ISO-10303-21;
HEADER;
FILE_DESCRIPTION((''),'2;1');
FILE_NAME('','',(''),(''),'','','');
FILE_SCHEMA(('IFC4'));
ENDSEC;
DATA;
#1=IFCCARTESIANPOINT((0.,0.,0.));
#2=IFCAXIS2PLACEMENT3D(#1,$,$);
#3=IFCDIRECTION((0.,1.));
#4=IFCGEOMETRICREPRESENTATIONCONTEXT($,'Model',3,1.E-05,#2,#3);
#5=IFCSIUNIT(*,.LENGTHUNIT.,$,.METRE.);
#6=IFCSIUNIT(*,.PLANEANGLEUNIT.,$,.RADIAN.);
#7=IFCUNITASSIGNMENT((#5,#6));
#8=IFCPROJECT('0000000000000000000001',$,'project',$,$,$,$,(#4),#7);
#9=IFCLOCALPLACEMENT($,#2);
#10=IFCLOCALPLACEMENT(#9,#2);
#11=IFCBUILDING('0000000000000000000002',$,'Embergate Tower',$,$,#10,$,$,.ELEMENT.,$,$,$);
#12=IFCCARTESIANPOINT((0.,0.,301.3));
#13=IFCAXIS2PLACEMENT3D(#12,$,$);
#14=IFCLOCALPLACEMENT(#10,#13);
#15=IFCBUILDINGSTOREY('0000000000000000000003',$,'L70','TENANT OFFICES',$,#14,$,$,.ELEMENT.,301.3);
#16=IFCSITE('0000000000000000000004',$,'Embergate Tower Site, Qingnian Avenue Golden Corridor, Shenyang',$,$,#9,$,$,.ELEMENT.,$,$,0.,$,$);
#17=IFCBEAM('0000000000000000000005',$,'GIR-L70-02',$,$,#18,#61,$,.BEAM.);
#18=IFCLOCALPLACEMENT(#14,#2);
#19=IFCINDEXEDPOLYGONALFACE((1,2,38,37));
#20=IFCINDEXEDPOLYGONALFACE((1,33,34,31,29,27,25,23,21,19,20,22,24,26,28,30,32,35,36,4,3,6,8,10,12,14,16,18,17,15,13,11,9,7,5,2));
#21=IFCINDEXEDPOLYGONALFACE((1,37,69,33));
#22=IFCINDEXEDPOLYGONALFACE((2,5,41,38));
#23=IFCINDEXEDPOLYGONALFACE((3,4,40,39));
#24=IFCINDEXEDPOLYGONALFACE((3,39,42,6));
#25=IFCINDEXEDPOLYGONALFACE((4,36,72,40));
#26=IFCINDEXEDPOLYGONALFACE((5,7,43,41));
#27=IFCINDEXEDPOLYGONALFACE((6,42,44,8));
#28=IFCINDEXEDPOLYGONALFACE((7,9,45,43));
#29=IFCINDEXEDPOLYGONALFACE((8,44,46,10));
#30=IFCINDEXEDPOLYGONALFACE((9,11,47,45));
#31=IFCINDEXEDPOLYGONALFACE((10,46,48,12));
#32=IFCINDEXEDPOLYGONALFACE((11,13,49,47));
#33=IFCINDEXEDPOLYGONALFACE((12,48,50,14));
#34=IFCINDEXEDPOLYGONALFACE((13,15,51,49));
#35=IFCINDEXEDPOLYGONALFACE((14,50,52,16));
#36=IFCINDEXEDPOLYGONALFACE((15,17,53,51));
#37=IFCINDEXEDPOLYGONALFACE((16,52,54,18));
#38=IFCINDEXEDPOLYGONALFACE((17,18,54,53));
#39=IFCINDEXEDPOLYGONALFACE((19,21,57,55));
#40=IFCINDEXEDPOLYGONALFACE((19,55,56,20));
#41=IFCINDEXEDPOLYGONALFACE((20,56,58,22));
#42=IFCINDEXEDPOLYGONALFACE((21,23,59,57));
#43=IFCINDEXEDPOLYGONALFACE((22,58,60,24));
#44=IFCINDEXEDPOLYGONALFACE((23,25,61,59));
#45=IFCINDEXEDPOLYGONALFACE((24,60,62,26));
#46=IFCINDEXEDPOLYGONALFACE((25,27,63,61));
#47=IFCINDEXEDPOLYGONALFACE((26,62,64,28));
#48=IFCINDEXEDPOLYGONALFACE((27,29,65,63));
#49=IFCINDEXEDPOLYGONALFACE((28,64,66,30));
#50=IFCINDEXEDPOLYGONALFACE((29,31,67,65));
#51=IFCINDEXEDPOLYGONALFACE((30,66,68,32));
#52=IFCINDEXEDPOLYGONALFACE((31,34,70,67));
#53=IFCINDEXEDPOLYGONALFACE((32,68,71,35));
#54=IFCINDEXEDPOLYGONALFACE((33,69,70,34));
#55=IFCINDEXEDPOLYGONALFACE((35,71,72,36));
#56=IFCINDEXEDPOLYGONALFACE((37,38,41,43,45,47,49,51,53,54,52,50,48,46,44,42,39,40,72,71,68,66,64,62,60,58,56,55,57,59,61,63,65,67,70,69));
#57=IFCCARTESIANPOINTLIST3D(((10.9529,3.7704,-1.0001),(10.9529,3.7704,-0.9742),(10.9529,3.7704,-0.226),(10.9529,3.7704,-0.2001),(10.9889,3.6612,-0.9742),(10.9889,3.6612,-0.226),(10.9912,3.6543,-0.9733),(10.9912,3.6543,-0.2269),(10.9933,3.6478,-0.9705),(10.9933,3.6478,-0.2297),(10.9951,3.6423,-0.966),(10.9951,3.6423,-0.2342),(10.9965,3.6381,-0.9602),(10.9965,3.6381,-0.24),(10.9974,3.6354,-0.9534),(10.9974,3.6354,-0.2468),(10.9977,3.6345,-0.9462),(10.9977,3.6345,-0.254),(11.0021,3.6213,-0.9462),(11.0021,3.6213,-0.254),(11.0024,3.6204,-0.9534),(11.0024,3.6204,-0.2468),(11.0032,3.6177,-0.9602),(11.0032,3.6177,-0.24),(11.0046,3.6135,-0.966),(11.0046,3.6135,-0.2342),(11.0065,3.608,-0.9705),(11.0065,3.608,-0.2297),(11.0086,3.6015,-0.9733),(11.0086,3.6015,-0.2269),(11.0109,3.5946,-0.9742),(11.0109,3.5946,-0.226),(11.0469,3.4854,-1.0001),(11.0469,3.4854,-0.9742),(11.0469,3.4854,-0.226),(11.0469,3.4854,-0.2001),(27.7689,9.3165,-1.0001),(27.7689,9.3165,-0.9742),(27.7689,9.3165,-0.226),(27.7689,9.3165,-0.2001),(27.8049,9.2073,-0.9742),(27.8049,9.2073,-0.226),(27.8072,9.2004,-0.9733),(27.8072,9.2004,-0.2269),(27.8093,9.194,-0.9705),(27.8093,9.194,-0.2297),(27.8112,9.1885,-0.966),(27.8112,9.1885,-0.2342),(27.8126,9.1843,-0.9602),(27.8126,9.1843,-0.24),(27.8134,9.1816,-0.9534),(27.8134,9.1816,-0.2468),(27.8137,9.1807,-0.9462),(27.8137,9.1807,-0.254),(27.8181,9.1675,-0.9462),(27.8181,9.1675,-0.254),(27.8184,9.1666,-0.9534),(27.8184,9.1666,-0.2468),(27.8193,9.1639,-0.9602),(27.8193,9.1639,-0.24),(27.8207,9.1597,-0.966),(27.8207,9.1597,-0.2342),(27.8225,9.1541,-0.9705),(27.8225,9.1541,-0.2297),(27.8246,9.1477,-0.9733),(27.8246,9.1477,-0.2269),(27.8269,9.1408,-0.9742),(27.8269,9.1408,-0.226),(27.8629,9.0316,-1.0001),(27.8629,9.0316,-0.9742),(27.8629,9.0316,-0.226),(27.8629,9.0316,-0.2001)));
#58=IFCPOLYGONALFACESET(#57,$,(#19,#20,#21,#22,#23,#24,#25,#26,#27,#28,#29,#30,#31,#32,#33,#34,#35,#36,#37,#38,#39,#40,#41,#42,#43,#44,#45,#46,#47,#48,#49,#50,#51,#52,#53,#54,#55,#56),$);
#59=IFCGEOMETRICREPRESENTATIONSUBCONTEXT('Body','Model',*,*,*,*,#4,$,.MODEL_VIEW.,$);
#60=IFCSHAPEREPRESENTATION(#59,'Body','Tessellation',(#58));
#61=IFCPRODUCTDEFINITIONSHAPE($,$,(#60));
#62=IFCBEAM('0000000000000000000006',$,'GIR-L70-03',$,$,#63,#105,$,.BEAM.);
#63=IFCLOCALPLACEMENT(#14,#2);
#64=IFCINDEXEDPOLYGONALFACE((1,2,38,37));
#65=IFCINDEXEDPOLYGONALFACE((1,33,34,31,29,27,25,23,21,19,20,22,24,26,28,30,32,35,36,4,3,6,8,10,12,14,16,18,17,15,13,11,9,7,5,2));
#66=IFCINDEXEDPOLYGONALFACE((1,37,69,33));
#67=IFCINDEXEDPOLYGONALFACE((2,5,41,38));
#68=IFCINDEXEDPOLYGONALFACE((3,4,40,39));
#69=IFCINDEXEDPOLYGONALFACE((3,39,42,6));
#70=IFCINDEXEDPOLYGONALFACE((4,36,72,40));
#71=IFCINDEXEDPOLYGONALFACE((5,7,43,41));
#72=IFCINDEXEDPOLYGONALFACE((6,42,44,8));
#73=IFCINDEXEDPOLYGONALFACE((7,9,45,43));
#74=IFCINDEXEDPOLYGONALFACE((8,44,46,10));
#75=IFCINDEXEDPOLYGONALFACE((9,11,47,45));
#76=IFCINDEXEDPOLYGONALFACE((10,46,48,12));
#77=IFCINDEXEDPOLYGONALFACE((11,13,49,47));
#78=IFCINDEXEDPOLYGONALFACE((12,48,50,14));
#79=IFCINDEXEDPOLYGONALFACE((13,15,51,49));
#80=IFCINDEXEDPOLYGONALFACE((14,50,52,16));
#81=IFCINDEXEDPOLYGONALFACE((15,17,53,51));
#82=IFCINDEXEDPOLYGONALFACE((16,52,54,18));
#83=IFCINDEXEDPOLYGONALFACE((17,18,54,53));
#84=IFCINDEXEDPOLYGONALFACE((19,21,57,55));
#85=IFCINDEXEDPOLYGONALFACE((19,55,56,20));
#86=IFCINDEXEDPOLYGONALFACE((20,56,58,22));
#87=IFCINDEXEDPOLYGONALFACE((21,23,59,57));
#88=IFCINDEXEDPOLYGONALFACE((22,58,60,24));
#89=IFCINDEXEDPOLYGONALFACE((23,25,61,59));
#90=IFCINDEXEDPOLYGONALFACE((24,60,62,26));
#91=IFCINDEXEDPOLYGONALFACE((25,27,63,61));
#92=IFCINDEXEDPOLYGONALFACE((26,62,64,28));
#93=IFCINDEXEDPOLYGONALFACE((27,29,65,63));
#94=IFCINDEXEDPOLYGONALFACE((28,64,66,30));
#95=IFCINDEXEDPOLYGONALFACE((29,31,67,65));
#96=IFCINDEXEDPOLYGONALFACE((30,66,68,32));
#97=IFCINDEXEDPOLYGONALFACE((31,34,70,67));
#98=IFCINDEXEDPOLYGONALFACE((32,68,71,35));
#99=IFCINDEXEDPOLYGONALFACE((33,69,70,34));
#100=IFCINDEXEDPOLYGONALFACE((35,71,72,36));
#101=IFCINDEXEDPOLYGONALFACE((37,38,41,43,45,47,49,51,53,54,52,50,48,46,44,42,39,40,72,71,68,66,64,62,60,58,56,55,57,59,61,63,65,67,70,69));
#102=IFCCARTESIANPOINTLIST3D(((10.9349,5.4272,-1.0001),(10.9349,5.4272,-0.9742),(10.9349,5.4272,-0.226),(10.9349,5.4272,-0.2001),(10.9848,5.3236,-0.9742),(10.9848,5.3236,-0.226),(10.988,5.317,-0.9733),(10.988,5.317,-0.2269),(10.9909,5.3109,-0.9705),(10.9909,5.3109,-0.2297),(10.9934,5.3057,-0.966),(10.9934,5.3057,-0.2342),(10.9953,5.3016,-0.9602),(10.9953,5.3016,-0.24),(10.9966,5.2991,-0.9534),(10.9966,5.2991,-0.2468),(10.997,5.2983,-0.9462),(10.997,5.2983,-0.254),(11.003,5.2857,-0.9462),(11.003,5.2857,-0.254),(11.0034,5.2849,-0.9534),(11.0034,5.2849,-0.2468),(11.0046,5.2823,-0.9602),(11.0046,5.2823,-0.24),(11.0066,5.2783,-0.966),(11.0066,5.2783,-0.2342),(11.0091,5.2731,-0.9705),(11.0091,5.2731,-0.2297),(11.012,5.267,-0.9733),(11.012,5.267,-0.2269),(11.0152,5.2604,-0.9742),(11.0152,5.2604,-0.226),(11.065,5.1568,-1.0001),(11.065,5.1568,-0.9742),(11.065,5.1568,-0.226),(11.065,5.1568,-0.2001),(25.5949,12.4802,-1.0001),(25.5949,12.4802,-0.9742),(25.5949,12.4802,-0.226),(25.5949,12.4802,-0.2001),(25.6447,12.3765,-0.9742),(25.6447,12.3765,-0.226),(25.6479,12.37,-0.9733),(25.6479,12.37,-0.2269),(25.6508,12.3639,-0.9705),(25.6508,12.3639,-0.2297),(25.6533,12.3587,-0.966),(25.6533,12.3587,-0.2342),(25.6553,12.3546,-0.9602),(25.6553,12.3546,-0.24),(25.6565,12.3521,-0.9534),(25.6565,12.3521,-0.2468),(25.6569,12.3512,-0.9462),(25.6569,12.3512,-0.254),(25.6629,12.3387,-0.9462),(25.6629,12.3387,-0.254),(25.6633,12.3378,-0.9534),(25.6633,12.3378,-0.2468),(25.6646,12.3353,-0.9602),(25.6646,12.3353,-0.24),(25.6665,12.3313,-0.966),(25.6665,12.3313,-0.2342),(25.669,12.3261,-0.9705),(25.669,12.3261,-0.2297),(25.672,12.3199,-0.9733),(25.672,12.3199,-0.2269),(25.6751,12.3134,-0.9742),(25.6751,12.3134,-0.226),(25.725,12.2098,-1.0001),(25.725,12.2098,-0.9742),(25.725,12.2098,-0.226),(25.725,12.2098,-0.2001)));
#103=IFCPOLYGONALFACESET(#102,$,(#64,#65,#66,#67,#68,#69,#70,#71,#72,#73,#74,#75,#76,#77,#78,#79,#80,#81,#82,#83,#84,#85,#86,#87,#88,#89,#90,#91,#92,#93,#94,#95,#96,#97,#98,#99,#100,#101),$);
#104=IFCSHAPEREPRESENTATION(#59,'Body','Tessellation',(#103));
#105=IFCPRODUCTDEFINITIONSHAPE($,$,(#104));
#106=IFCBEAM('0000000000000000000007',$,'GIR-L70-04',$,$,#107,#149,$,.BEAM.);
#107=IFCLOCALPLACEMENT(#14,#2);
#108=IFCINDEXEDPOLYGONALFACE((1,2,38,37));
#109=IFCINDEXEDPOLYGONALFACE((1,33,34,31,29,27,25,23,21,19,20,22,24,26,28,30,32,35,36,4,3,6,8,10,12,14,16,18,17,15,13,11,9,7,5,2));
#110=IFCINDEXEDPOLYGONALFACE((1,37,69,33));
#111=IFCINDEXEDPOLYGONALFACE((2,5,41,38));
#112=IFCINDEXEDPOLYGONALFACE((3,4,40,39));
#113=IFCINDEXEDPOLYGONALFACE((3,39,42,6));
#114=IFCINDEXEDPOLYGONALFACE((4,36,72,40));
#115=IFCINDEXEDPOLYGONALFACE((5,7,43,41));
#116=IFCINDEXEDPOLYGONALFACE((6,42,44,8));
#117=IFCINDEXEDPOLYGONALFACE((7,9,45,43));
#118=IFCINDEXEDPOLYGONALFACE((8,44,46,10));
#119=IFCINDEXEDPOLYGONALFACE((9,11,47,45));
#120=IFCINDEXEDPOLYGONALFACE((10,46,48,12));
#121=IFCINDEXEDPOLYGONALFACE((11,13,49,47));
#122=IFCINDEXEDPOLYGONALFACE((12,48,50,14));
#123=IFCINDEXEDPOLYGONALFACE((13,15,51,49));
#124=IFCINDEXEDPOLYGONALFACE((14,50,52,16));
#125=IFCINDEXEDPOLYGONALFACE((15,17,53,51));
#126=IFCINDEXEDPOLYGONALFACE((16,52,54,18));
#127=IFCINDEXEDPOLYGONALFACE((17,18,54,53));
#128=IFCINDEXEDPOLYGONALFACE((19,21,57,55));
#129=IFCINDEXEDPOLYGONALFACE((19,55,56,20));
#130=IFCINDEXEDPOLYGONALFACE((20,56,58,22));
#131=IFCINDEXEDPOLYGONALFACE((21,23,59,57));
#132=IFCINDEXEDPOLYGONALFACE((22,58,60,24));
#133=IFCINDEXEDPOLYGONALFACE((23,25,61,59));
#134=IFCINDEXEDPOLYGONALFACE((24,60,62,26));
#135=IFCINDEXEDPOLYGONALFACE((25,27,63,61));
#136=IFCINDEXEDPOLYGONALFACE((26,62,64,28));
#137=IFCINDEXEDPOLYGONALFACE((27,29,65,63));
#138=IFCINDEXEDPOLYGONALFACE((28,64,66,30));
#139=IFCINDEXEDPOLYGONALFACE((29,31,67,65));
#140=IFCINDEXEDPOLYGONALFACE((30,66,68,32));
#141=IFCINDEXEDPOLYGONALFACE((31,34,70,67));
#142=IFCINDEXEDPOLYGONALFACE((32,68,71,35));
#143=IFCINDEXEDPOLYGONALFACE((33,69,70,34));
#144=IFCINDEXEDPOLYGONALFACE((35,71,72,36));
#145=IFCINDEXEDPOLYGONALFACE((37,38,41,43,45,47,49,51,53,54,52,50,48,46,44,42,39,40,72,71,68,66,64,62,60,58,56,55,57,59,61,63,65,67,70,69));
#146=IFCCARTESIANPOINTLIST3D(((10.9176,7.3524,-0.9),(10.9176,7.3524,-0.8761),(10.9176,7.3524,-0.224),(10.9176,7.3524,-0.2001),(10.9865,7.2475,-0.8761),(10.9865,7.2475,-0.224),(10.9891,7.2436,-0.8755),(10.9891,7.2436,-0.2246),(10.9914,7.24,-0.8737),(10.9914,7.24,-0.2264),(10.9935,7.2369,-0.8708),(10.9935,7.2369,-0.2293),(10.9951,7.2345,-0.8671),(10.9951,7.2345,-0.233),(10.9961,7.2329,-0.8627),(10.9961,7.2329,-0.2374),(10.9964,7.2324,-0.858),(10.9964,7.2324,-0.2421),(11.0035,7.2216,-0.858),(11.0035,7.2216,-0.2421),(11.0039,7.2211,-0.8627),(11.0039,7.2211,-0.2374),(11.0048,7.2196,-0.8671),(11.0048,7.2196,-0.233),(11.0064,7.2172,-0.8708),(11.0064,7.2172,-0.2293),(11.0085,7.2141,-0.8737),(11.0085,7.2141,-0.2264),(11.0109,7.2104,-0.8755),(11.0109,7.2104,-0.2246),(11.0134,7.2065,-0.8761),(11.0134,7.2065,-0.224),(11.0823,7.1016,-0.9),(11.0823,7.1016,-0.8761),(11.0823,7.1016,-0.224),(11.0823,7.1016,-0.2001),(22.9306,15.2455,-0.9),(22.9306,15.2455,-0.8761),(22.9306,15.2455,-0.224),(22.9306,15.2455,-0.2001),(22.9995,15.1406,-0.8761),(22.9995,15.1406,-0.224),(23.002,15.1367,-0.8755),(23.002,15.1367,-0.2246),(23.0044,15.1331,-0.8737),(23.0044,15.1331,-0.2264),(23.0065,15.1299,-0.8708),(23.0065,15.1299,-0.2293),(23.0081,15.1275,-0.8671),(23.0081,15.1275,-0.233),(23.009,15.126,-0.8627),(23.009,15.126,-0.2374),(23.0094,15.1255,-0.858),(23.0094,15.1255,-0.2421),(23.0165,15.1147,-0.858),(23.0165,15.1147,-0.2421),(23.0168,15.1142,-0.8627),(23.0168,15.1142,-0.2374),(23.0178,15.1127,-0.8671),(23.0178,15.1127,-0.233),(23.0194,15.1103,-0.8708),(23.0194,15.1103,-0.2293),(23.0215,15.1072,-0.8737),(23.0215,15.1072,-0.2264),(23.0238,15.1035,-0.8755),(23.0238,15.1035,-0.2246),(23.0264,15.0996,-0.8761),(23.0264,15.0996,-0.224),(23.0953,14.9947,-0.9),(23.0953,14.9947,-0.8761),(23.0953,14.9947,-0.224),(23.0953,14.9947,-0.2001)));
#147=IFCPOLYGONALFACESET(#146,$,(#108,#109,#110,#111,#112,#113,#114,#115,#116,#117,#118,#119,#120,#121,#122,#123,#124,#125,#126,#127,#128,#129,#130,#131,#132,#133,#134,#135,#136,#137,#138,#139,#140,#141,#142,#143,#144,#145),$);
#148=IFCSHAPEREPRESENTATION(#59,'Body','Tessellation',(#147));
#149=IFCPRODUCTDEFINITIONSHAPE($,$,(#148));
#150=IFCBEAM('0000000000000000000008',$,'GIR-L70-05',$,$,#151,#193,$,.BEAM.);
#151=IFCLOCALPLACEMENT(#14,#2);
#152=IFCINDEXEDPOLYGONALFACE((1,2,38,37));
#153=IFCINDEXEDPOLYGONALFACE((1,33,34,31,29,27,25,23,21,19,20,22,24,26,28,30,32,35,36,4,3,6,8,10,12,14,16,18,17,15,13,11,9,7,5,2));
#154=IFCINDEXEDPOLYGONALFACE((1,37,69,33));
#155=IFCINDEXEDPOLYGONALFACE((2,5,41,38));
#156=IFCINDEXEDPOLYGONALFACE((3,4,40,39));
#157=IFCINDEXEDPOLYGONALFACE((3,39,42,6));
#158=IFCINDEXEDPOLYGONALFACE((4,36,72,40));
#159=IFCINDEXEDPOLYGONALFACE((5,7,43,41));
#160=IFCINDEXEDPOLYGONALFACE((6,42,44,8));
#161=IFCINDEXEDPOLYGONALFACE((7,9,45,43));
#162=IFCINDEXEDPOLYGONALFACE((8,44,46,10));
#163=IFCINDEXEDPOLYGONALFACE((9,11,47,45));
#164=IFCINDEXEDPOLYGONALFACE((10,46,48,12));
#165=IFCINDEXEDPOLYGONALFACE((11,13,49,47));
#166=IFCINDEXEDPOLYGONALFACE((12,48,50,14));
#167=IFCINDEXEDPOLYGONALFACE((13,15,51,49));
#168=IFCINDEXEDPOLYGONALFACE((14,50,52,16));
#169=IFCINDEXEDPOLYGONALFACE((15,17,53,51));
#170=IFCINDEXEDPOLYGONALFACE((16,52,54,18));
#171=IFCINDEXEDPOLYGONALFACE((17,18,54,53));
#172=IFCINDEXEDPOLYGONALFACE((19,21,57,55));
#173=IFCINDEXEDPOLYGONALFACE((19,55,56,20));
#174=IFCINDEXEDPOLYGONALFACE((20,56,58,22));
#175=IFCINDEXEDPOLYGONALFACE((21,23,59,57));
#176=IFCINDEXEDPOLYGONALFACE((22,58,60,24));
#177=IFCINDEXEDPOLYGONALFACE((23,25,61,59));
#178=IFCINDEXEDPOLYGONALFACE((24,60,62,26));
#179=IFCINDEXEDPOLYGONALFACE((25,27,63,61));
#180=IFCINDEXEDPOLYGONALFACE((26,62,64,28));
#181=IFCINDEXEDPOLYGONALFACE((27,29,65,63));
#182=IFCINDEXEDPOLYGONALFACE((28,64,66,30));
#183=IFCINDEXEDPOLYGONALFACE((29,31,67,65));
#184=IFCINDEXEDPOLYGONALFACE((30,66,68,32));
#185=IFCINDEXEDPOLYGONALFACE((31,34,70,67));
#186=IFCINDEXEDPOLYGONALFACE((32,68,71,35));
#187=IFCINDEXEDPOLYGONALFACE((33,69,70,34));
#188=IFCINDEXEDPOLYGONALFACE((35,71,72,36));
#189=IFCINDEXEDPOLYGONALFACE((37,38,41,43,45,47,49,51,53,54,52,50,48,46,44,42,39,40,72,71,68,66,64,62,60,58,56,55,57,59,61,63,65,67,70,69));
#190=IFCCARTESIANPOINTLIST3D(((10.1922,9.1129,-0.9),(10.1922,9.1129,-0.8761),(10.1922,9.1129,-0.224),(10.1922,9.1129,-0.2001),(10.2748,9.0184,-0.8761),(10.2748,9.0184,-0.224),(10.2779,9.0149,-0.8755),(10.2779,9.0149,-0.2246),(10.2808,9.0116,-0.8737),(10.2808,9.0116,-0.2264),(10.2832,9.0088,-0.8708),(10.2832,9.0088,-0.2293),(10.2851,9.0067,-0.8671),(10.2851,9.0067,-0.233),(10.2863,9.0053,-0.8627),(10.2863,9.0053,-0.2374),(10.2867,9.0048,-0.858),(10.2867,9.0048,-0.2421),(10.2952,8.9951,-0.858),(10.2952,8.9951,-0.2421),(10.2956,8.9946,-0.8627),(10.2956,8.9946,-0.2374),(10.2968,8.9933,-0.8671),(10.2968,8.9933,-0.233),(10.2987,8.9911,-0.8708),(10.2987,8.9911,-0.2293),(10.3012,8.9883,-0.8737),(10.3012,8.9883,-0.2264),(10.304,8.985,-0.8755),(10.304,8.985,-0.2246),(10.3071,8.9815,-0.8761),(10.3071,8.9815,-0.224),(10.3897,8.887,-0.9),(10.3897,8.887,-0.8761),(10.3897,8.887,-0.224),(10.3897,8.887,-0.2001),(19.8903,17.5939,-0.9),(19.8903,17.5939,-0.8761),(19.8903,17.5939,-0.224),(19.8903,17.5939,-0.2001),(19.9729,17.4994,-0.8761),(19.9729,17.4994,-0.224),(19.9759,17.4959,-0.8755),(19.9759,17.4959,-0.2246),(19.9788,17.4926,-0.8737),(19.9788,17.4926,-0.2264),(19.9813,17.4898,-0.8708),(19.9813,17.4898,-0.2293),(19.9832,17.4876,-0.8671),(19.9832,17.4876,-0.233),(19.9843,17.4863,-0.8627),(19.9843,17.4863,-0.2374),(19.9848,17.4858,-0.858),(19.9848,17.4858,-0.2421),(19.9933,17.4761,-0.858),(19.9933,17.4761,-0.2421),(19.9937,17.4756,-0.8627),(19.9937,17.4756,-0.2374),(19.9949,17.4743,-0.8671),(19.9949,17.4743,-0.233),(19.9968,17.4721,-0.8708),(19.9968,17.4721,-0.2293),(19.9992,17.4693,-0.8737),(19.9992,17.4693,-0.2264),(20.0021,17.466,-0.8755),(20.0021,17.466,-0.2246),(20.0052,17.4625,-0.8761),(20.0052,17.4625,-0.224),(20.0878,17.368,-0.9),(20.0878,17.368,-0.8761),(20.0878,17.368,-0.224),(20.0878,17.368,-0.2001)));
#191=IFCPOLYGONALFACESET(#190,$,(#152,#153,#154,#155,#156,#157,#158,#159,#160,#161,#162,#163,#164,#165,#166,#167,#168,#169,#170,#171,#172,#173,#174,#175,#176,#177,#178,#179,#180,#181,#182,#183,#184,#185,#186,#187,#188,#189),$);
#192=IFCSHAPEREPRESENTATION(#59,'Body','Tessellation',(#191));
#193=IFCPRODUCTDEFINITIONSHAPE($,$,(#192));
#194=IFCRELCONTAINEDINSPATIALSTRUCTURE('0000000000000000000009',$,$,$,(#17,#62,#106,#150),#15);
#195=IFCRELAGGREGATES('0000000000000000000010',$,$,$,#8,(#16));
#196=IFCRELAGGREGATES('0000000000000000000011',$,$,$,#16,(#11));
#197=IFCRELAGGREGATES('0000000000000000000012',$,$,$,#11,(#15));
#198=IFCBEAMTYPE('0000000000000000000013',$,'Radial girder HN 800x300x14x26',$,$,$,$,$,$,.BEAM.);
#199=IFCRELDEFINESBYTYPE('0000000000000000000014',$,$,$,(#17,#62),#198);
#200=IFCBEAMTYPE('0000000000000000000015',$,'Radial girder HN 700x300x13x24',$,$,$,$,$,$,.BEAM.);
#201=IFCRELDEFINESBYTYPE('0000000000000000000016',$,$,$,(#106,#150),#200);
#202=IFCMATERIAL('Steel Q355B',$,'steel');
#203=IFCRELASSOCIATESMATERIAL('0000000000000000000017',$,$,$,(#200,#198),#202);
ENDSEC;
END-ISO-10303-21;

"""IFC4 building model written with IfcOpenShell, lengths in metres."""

from ifc_helpers import new_model, si_unit, direction, frame, origin, origin_2d, place, context, subcontext, project, spatial, i_section, extrude, source, transform, mapped, material, material_profile, profile_set, type_object, element, save


model = new_model("IFC4")

# Units and contexts
model_context = context("Model", 3, precision=1e-05, world=origin(), true_north=direction((0.0, 1.0)))
body_context = subcontext(model_context, "Body", "Model", "MODEL_VIEW")
ifc_project = project(units=[si_unit("LENGTHUNIT", "METRE"), si_unit("PLANEANGLEUNIT", "RADIAN")], contexts=[model_context])

# Site, building, storey
site_placement = place(None, origin())
site = spatial("IfcSite", under=ifc_project, at=site_placement, Name="Embergate Tower Site, Qingnian Avenue Golden Corridor, Shenyang", CompositionType="ELEMENT", RefElevation=0.0)
building_placement = place(site_placement, origin())
building = spatial("IfcBuilding", under=site, at=building_placement, Name="Embergate Tower", CompositionType="ELEMENT")
storey_placement = place(building_placement, frame((0.0, 0.0, 301.3)))
storey = spatial("IfcBuildingStorey", under=building, at=storey_placement, Name="L70", Description="TENANT OFFICES", CompositionType="ELEMENT", Elevation=301.3)

# Beams
ifc_material_1 = material(Name="Steel Q355B", Category="steel")
ifc_material_profile_1 = material_profile(ifc_material_1, i_section(OverallWidth=0.3, OverallDepth=0.7, WebThickness=0.0129, FlangeThickness=0.0239, FilletRadius=0.0181, at=origin_2d()), Name="HN 700x300x13x24")
ifc_profile_set_1 = profile_set([ifc_material_profile_1], Name="Steel Q355 grade B")
beam_type_1 = type_object("IfcBeamType", Name="Radial girder HN 700x300x13x24", PredefinedType="BEAM", material=ifc_profile_set_1)
ifc_material_profile_2 = material_profile(ifc_material_1, i_section(OverallWidth=0.3, OverallDepth=0.8, WebThickness=0.0139, FlangeThickness=0.0259, FilletRadius=0.0281, at=origin_2d()), Name="HN 800x300x14x26")
ifc_profile_set_2 = profile_set([ifc_material_profile_2], Name="Steel Q355 grade B")
beam_type_2 = type_object("IfcBeamType", Name="Radial girder HN 800x300x14x26", PredefinedType="BEAM", material=ifc_profile_set_2)
shared_shape_1 = source(origin(), body_context, "Body", "SweptSolid", [
    extrude(i_section(OverallWidth=0.3, OverallDepth=0.8, WebThickness=0.0139, FlangeThickness=0.0259, FilletRadius=0.0281, at=origin_2d()), origin(), (0.0, 0.0, 1.0), 17.707),
])
beam_1_placement = place(storey_placement, frame((27.8159, 9.1741, -0.6001), z_axis=(-0.949681, -0.313219, 0.0), x_axis=(0.313219, -0.949681, 0.0)))
element("IfcBeam", 1, at=beam_1_placement, inside=storey, type_object=beam_type_2, Name="GIR-L70-02", PredefinedType="BEAM", context=body_context, shape_type="MappedRepresentation", body=[
    mapped(shared_shape_1, transform((0.0, 0.0, 0.0))),
])
shared_shape_2 = source(origin(), body_context, "Body", "SweptSolid", [
    extrude(i_section(OverallWidth=0.3, OverallDepth=0.8, WebThickness=0.0139, FlangeThickness=0.0259, FilletRadius=0.0281, at=origin_2d()), origin(), (0.0, 0.0, 1.0), 16.2683),
])
beam_2_placement = place(storey_placement, frame((25.6599, 12.345, -0.6001), z_axis=(-0.901134, -0.433541, 0.0), x_axis=(0.433541, -0.901134, 0.0)))
element("IfcBeam", 2, at=beam_2_placement, inside=storey, type_object=beam_type_2, Name="GIR-L70-03", PredefinedType="BEAM", context=body_context, shape_type="MappedRepresentation", body=[
    mapped(shared_shape_2, transform((0.0, 0.0, 0.0))),
])
shared_shape_3 = source(origin(), body_context, "Body", "SweptSolid", [
    extrude(i_section(OverallWidth=0.3, OverallDepth=0.7, WebThickness=0.0129, FlangeThickness=0.0239, FilletRadius=0.0181, at=origin_2d()), origin(), (0.0, 0.0, 1.0), 14.374),
])
beam_3_placement = place(storey_placement, frame((23.0129, 15.1201, -0.55), z_axis=(-0.835742, -0.549122, 0.0), x_axis=(0.549122, -0.835742, 0.0)))
element("IfcBeam", 3, at=beam_3_placement, inside=storey, type_object=beam_type_1, Name="GIR-L70-04", PredefinedType="BEAM", context=body_context, shape_type="MappedRepresentation", body=[
    mapped(shared_shape_3, transform((0.0, 0.0, 0.0))),
])
shared_shape_4 = source(origin(), body_context, "Body", "SweptSolid", [
    extrude(i_section(OverallWidth=0.3, OverallDepth=0.7, WebThickness=0.0129, FlangeThickness=0.0239, FilletRadius=0.0181, at=origin_2d()), origin(), (0.0, 0.0, 1.0), 12.8833),
])
beam_4_placement = place(storey_placement, frame((19.989, 17.481, -0.55), z_axis=(-0.752761, -0.658294, 0.0), x_axis=(0.658294, -0.752761, 0.0)))
element("IfcBeam", 4, at=beam_4_placement, inside=storey, type_object=beam_type_1, Name="GIR-L70-05", PredefinedType="BEAM", context=body_context, shape_type="MappedRepresentation", body=[
    mapped(shared_shape_4, transform((0.0, 0.0, 0.0))),
])

save(model, "model.ifc")
